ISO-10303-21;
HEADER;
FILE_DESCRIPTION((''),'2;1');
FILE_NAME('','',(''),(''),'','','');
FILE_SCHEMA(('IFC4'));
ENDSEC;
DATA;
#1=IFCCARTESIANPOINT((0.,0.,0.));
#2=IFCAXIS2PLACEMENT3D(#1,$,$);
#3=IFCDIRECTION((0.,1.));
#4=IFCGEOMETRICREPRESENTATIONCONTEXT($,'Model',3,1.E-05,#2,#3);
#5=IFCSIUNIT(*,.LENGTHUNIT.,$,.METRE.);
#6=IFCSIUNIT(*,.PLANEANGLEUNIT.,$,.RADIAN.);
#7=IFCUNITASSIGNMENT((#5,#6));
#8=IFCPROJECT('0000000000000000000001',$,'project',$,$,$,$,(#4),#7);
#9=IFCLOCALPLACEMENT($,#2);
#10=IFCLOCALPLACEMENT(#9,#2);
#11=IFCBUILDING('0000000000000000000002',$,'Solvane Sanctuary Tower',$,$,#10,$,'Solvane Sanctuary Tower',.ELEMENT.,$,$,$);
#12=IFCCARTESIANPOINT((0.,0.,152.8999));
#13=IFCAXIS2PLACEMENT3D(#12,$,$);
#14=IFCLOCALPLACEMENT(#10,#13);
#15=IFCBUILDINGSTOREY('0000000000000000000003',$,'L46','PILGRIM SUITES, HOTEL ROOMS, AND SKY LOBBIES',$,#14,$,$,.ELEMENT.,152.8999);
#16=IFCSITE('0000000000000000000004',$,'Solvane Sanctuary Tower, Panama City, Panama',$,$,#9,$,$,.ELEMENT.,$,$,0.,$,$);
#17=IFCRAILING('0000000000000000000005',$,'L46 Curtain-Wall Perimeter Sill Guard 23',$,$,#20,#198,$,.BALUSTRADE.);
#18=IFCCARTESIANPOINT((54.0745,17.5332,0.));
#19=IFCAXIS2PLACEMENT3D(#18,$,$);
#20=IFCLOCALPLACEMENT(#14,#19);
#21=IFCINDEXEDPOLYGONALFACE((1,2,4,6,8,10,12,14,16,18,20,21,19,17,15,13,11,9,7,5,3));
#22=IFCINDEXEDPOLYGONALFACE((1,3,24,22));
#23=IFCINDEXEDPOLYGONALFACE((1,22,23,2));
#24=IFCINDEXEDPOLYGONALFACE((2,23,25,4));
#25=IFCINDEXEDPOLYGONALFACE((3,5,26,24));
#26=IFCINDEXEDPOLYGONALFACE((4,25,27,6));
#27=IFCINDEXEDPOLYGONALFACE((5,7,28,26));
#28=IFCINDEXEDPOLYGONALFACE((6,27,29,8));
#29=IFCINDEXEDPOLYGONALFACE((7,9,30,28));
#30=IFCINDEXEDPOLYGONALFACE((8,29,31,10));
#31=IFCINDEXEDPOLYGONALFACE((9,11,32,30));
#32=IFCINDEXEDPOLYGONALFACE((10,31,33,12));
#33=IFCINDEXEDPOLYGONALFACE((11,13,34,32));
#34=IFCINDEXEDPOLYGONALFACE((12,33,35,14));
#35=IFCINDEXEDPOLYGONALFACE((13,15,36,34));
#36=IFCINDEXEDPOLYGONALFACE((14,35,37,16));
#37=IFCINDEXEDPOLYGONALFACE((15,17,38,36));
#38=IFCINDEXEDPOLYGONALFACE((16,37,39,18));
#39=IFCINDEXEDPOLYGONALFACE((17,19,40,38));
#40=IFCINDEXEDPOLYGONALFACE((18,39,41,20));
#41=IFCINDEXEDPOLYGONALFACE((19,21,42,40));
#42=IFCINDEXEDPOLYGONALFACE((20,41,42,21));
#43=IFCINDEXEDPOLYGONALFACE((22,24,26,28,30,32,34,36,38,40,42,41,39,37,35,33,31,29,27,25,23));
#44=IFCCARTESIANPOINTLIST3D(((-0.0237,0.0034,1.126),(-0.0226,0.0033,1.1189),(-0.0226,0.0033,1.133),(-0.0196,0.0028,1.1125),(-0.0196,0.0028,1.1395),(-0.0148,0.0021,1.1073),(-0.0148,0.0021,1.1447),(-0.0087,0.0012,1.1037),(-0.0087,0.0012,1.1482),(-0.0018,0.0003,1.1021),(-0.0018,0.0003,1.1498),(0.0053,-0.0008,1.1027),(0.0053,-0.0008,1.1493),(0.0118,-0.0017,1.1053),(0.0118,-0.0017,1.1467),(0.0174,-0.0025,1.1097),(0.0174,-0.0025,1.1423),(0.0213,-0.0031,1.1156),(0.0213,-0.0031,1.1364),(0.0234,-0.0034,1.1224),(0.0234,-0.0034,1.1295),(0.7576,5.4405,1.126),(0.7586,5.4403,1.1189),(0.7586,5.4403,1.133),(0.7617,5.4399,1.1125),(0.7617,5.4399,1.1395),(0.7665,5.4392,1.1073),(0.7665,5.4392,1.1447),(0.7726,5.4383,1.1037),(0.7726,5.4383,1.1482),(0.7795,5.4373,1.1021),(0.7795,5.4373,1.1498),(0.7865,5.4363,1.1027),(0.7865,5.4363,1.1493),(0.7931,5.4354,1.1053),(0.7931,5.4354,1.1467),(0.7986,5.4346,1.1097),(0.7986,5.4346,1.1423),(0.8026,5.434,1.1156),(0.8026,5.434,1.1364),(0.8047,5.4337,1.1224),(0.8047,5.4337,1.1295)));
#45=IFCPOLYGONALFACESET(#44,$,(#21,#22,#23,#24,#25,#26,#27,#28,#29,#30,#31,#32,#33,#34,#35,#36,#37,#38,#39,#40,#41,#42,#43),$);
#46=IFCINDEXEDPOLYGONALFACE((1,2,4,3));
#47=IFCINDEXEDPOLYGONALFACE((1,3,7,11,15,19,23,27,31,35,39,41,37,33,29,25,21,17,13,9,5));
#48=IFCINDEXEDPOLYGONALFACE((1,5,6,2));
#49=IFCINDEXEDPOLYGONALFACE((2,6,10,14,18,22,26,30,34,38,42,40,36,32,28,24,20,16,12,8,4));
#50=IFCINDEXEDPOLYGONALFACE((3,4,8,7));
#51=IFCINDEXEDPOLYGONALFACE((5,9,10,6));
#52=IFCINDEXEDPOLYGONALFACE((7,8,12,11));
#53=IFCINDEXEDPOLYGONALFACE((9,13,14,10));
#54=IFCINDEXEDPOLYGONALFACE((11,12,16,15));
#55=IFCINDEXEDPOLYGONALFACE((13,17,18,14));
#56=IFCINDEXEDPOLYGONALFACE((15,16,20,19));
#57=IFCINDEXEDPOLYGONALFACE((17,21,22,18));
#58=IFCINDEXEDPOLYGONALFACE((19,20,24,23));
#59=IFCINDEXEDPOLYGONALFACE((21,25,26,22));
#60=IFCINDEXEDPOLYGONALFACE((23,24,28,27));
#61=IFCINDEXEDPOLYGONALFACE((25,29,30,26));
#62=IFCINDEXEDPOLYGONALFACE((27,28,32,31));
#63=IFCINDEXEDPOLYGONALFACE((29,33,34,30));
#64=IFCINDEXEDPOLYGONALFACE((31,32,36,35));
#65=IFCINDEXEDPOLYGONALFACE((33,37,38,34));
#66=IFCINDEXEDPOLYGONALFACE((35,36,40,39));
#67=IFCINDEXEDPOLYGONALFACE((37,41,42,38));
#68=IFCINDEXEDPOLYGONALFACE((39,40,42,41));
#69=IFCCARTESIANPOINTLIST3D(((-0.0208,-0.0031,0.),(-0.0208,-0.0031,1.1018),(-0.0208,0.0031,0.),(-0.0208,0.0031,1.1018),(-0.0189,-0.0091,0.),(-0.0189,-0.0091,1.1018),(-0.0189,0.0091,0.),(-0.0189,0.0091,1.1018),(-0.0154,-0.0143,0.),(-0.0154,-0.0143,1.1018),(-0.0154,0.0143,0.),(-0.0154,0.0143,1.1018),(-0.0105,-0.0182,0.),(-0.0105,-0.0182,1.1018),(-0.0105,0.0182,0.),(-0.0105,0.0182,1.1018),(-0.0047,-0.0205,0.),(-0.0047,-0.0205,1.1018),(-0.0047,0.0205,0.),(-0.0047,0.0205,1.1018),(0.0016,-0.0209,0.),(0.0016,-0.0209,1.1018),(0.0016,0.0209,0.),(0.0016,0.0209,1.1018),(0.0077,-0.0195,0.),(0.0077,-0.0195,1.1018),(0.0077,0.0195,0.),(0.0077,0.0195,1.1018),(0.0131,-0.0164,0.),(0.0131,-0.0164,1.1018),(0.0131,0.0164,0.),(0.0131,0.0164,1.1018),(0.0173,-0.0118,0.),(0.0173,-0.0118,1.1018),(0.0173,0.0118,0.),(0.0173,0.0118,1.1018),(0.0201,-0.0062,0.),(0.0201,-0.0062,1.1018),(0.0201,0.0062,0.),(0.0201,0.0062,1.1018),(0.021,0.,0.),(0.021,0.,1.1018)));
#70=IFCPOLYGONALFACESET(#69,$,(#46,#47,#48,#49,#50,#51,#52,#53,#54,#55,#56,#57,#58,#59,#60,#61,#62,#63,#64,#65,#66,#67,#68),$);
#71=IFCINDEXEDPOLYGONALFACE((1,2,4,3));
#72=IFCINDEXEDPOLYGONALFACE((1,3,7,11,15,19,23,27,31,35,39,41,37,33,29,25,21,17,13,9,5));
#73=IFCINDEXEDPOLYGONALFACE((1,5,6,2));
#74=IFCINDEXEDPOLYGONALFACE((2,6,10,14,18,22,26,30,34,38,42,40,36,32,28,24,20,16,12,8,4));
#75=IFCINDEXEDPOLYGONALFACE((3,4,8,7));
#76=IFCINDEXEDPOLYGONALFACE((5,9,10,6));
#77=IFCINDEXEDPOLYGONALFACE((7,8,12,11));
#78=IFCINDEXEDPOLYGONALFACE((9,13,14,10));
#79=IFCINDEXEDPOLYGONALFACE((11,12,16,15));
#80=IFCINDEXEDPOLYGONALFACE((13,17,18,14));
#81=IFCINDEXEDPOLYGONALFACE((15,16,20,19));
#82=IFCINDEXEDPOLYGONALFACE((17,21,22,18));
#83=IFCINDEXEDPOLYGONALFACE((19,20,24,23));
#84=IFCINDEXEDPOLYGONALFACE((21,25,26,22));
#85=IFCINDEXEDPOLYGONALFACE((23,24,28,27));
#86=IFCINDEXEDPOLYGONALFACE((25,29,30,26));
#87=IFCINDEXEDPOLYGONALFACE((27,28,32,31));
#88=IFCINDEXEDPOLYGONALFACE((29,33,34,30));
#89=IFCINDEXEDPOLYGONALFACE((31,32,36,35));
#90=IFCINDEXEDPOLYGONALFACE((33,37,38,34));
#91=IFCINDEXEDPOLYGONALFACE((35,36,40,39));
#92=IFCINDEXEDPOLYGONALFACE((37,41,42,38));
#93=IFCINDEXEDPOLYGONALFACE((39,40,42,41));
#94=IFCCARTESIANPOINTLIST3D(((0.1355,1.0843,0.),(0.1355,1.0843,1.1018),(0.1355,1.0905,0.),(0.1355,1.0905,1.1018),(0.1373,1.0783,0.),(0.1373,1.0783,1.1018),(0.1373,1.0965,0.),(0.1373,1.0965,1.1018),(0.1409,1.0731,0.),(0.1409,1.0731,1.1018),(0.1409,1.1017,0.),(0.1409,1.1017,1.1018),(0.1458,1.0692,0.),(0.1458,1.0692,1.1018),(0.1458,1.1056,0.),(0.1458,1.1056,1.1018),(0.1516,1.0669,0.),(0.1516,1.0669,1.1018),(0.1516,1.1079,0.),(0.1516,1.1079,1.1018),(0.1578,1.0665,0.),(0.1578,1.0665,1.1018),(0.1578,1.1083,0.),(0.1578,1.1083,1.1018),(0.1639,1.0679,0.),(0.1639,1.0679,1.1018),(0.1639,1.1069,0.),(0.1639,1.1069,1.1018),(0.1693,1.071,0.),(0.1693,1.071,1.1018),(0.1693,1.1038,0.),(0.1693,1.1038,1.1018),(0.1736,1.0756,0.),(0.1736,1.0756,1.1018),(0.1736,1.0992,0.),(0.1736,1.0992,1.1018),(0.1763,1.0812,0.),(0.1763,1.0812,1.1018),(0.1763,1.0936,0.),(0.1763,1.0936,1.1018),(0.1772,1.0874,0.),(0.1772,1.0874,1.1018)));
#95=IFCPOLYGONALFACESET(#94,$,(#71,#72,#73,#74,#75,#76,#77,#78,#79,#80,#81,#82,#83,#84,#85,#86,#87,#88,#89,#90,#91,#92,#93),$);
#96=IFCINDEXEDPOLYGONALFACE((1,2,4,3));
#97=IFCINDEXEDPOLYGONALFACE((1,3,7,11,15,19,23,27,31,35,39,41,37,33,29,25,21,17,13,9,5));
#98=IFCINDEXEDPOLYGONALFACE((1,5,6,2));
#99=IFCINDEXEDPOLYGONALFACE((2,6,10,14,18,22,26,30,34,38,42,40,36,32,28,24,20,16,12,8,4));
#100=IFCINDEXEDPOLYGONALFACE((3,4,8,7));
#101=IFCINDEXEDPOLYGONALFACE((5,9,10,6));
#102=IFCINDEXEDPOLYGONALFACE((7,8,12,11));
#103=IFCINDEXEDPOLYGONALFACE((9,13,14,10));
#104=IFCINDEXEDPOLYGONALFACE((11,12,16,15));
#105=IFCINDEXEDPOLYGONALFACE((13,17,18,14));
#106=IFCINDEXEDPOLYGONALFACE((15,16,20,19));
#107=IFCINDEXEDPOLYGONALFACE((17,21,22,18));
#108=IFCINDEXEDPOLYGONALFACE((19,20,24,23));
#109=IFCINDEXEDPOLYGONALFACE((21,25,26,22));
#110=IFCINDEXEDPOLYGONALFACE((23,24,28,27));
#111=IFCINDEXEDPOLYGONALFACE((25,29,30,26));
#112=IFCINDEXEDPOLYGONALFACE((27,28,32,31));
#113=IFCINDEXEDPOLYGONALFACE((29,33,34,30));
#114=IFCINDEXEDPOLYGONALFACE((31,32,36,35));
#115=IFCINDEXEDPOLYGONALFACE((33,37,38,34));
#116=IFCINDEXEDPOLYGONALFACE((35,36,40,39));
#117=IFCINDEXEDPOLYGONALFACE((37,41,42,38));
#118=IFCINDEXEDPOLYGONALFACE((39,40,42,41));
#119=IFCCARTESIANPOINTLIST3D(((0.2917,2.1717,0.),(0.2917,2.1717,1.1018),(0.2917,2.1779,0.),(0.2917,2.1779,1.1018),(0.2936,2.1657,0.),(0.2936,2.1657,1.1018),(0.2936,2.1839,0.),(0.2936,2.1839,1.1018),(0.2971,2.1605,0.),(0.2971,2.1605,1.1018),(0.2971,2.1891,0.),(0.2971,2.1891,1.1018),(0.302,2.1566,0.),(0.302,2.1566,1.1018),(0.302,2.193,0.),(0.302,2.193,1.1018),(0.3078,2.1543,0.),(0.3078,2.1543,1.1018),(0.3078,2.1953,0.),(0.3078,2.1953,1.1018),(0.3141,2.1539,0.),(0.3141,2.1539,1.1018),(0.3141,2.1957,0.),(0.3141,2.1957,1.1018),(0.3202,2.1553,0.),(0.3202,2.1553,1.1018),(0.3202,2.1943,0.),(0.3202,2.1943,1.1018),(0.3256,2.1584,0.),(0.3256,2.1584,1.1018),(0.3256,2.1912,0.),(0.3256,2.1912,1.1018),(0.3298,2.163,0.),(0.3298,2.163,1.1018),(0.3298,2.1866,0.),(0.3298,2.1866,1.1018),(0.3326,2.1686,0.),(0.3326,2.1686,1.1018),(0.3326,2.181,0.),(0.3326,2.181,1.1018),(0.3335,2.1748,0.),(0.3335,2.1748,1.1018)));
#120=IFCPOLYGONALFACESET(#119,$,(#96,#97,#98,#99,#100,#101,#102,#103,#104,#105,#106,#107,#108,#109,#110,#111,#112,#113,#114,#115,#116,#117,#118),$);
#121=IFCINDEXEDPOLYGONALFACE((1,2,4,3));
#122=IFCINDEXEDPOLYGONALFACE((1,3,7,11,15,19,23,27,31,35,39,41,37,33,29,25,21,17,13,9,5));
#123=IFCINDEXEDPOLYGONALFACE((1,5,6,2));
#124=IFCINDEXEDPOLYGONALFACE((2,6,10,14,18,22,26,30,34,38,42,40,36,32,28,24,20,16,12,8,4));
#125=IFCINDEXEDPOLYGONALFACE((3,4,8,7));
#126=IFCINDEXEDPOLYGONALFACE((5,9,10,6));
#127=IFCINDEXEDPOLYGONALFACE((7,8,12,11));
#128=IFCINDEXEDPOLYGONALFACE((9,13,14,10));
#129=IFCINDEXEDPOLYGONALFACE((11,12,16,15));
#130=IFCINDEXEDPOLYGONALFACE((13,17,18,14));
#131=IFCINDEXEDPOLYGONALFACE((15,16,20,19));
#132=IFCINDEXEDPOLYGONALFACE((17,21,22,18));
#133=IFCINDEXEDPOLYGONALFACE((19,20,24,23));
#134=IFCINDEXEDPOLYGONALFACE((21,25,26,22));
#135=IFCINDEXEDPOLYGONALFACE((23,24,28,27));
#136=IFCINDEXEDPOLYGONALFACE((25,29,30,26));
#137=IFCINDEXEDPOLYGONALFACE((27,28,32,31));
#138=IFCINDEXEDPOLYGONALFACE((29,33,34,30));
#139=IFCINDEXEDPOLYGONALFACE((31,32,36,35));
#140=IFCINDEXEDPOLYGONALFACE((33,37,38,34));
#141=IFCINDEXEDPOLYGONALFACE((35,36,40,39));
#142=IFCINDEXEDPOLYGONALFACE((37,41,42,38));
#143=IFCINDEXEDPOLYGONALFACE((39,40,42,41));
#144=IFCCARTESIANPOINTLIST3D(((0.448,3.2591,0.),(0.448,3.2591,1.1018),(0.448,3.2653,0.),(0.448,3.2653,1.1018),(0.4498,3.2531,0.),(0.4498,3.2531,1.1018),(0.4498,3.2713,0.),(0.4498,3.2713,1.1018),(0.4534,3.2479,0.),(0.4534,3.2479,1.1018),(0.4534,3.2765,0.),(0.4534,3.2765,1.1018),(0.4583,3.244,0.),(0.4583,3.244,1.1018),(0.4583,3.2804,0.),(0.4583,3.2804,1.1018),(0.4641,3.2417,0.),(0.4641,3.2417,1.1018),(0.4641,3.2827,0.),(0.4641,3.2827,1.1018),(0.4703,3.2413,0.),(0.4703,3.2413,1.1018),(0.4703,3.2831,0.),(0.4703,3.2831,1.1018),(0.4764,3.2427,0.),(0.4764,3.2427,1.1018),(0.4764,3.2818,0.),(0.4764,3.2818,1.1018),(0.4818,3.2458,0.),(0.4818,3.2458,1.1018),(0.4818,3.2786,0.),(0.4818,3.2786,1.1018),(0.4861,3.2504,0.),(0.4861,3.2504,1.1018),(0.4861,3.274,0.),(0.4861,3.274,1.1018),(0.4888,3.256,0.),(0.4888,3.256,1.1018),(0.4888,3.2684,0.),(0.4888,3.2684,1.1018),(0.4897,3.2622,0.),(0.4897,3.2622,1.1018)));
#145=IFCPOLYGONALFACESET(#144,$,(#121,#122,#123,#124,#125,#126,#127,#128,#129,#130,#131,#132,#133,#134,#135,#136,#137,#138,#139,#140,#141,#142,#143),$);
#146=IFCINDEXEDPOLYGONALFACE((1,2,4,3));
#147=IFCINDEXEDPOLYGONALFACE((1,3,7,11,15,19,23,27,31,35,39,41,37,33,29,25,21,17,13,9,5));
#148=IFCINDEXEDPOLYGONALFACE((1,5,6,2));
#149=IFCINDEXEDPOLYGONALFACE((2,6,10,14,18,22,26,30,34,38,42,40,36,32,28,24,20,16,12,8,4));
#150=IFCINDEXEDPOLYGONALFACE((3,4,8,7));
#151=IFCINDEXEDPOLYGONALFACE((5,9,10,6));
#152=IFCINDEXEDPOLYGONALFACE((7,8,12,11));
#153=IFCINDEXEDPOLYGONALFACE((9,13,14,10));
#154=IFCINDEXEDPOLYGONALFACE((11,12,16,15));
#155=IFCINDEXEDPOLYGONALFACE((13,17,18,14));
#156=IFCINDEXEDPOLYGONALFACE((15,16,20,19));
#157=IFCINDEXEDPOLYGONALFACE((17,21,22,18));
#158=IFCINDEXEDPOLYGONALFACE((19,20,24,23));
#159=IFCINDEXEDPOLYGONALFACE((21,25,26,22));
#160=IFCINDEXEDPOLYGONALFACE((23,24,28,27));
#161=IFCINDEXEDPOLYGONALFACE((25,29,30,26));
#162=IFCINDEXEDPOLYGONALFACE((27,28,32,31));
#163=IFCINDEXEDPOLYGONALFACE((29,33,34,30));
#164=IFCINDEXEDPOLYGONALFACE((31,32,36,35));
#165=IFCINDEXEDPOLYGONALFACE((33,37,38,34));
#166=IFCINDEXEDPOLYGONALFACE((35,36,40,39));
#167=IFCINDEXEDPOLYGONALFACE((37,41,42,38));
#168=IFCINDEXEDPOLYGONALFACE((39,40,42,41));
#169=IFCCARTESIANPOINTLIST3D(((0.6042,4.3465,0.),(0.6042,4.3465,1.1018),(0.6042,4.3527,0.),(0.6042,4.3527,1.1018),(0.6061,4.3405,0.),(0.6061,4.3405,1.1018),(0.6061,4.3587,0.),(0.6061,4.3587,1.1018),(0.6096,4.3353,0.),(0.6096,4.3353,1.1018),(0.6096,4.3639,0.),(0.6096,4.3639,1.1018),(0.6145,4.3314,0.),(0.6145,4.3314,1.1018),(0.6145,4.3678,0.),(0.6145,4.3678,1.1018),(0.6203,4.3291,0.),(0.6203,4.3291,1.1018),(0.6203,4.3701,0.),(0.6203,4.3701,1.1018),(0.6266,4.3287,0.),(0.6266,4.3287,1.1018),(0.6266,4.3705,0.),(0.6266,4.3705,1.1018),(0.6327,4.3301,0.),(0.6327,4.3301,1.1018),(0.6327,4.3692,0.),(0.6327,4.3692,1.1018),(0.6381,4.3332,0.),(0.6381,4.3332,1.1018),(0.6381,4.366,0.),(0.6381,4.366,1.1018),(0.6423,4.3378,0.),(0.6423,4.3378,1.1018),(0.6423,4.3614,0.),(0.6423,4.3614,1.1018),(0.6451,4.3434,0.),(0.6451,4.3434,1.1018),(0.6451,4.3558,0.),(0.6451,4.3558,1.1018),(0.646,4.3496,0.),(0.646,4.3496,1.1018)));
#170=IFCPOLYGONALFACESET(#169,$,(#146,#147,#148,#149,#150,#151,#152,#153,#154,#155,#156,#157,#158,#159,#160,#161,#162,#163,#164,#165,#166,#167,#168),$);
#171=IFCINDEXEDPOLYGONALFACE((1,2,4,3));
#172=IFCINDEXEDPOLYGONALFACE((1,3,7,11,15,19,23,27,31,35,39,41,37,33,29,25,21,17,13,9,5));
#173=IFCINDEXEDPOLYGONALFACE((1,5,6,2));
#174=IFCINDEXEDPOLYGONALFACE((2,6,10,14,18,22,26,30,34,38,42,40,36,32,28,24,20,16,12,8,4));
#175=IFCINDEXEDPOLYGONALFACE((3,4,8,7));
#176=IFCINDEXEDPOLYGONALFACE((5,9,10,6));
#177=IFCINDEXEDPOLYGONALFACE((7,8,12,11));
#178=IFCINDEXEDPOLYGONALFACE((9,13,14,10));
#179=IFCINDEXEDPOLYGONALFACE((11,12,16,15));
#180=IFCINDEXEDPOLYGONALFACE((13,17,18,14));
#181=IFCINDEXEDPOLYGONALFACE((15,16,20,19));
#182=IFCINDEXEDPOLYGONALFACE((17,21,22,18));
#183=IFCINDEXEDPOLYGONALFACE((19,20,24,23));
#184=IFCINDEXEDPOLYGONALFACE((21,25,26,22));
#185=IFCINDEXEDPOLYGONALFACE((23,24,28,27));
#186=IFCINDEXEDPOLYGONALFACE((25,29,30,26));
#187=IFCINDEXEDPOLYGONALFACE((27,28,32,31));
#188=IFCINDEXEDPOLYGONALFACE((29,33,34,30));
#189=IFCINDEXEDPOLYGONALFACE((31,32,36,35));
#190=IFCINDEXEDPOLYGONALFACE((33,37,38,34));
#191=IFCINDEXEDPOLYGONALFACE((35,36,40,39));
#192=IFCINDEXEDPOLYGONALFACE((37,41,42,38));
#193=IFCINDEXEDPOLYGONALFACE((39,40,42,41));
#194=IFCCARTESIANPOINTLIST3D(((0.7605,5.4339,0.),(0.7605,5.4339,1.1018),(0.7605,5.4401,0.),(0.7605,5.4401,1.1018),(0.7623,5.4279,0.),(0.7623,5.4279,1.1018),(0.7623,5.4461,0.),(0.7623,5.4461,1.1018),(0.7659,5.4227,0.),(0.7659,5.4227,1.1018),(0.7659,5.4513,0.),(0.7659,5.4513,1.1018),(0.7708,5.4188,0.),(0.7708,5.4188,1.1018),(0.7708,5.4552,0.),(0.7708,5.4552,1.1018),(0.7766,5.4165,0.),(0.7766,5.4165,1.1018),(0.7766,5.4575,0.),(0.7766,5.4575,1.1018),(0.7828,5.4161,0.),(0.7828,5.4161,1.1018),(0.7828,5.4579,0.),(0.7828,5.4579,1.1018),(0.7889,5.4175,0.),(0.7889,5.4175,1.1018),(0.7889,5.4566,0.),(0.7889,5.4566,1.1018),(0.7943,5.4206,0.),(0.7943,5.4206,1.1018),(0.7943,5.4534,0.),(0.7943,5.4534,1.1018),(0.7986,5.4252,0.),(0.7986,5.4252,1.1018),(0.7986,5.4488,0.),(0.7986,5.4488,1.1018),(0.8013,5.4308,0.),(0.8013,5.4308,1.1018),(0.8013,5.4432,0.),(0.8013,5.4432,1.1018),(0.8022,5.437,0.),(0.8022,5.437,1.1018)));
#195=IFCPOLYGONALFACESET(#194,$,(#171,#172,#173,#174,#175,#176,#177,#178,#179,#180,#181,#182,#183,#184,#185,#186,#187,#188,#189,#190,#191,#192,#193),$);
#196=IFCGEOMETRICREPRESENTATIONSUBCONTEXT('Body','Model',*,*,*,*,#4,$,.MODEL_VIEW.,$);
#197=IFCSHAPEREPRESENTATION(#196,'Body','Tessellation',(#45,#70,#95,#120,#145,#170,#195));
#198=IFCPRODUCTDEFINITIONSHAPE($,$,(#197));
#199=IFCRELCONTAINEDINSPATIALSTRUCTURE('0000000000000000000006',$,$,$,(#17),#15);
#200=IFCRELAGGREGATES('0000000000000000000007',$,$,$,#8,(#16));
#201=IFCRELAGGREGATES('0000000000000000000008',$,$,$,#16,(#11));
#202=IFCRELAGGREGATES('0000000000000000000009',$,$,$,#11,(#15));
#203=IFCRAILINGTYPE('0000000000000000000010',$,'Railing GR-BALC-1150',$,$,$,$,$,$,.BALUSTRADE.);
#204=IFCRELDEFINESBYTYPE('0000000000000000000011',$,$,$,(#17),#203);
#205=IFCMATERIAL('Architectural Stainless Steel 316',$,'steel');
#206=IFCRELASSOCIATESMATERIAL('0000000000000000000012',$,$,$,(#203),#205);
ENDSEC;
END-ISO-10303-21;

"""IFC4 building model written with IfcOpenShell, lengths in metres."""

from ifc_helpers import new_model, si_unit, direction, frame, origin, origin_2d, place, context, subcontext, project, spatial, circle, extrude, material, type_object, element, save


model = new_model("IFC4")

# Units and contexts
model_context = context("Model", 3, precision=1e-05, world=origin(), true_north=direction((0.0, 1.0)))
body_context = subcontext(model_context, "Body", "Model", "MODEL_VIEW")
ifc_project = project(units=[si_unit("LENGTHUNIT", "METRE"), si_unit("PLANEANGLEUNIT", "RADIAN")], contexts=[model_context])

# Site, building, storey
site_placement = place(None, origin())
site = spatial("IfcSite", under=ifc_project, at=site_placement, Name="Solvane Sanctuary Tower, Panama City, Panama", CompositionType="ELEMENT", RefElevation=0.0)
building_placement = place(site_placement, origin())
building = spatial("IfcBuilding", under=site, at=building_placement, Name="Solvane Sanctuary Tower", LongName="Solvane Sanctuary Tower", CompositionType="ELEMENT")
storey_placement = place(building_placement, frame((0.0, 0.0, 152.8999)))
storey = spatial("IfcBuildingStorey", under=building, at=storey_placement, Name="L46", Description="PILGRIM SUITES, HOTEL ROOMS, AND SKY LOBBIES", CompositionType="ELEMENT", Elevation=152.8999)

# Railing
ifc_material_1 = material(Name="Architectural Stainless Steel 316", Category="steel")
railing_type_1 = type_object("IfcRailingType", Name="Railing GR-BALC-1150", PredefinedType="BALUSTRADE", material=ifc_material_1)
railing_1_placement = place(storey_placement, frame((54.0745, 17.5332, 0.0)))
element("IfcRailing", 1, at=railing_1_placement, inside=storey, type_object=railing_type_1, Name="L46 Curtain-Wall Perimeter Sill Guard 23", PredefinedType="BALUSTRADE", context=body_context, shape_type="SweptSolid", body=[
    extrude(circle(Radius=0.0239, at=origin_2d()), frame((0.0, 0.0, 1.126), z_axis=(0.14223, 0.989834, 0.0), x_axis=(-0.989834, 0.14223, 0.0)), (0.0, 0.0, 1.0), 5.4929),
    extrude(circle(Radius=0.021, at=origin_2d()), origin(), (0.0, 0.0, 1.0), 1.1018),
    extrude(circle(Radius=0.021, at=origin_2d()), frame((0.1562, 1.0874, 0.0)), (0.0, 0.0, 1.0), 1.1018),
    extrude(circle(Radius=0.021, at=origin_2d()), frame((0.3125, 2.1748, 0.0)), (0.0, 0.0, 1.0), 1.1018),
    extrude(circle(Radius=0.021, at=origin_2d()), frame((0.4688, 3.2622, 0.0)), (0.0, 0.0, 1.0), 1.1018),
    extrude(circle(Radius=0.021, at=origin_2d()), frame((0.625, 4.3496, 0.0)), (0.0, 0.0, 1.0), 1.1018),
    extrude(circle(Radius=0.021, at=origin_2d()), frame((0.7812, 5.437, 0.0)), (0.0, 0.0, 1.0), 1.1018),
])

save(model, "model.ifc")
